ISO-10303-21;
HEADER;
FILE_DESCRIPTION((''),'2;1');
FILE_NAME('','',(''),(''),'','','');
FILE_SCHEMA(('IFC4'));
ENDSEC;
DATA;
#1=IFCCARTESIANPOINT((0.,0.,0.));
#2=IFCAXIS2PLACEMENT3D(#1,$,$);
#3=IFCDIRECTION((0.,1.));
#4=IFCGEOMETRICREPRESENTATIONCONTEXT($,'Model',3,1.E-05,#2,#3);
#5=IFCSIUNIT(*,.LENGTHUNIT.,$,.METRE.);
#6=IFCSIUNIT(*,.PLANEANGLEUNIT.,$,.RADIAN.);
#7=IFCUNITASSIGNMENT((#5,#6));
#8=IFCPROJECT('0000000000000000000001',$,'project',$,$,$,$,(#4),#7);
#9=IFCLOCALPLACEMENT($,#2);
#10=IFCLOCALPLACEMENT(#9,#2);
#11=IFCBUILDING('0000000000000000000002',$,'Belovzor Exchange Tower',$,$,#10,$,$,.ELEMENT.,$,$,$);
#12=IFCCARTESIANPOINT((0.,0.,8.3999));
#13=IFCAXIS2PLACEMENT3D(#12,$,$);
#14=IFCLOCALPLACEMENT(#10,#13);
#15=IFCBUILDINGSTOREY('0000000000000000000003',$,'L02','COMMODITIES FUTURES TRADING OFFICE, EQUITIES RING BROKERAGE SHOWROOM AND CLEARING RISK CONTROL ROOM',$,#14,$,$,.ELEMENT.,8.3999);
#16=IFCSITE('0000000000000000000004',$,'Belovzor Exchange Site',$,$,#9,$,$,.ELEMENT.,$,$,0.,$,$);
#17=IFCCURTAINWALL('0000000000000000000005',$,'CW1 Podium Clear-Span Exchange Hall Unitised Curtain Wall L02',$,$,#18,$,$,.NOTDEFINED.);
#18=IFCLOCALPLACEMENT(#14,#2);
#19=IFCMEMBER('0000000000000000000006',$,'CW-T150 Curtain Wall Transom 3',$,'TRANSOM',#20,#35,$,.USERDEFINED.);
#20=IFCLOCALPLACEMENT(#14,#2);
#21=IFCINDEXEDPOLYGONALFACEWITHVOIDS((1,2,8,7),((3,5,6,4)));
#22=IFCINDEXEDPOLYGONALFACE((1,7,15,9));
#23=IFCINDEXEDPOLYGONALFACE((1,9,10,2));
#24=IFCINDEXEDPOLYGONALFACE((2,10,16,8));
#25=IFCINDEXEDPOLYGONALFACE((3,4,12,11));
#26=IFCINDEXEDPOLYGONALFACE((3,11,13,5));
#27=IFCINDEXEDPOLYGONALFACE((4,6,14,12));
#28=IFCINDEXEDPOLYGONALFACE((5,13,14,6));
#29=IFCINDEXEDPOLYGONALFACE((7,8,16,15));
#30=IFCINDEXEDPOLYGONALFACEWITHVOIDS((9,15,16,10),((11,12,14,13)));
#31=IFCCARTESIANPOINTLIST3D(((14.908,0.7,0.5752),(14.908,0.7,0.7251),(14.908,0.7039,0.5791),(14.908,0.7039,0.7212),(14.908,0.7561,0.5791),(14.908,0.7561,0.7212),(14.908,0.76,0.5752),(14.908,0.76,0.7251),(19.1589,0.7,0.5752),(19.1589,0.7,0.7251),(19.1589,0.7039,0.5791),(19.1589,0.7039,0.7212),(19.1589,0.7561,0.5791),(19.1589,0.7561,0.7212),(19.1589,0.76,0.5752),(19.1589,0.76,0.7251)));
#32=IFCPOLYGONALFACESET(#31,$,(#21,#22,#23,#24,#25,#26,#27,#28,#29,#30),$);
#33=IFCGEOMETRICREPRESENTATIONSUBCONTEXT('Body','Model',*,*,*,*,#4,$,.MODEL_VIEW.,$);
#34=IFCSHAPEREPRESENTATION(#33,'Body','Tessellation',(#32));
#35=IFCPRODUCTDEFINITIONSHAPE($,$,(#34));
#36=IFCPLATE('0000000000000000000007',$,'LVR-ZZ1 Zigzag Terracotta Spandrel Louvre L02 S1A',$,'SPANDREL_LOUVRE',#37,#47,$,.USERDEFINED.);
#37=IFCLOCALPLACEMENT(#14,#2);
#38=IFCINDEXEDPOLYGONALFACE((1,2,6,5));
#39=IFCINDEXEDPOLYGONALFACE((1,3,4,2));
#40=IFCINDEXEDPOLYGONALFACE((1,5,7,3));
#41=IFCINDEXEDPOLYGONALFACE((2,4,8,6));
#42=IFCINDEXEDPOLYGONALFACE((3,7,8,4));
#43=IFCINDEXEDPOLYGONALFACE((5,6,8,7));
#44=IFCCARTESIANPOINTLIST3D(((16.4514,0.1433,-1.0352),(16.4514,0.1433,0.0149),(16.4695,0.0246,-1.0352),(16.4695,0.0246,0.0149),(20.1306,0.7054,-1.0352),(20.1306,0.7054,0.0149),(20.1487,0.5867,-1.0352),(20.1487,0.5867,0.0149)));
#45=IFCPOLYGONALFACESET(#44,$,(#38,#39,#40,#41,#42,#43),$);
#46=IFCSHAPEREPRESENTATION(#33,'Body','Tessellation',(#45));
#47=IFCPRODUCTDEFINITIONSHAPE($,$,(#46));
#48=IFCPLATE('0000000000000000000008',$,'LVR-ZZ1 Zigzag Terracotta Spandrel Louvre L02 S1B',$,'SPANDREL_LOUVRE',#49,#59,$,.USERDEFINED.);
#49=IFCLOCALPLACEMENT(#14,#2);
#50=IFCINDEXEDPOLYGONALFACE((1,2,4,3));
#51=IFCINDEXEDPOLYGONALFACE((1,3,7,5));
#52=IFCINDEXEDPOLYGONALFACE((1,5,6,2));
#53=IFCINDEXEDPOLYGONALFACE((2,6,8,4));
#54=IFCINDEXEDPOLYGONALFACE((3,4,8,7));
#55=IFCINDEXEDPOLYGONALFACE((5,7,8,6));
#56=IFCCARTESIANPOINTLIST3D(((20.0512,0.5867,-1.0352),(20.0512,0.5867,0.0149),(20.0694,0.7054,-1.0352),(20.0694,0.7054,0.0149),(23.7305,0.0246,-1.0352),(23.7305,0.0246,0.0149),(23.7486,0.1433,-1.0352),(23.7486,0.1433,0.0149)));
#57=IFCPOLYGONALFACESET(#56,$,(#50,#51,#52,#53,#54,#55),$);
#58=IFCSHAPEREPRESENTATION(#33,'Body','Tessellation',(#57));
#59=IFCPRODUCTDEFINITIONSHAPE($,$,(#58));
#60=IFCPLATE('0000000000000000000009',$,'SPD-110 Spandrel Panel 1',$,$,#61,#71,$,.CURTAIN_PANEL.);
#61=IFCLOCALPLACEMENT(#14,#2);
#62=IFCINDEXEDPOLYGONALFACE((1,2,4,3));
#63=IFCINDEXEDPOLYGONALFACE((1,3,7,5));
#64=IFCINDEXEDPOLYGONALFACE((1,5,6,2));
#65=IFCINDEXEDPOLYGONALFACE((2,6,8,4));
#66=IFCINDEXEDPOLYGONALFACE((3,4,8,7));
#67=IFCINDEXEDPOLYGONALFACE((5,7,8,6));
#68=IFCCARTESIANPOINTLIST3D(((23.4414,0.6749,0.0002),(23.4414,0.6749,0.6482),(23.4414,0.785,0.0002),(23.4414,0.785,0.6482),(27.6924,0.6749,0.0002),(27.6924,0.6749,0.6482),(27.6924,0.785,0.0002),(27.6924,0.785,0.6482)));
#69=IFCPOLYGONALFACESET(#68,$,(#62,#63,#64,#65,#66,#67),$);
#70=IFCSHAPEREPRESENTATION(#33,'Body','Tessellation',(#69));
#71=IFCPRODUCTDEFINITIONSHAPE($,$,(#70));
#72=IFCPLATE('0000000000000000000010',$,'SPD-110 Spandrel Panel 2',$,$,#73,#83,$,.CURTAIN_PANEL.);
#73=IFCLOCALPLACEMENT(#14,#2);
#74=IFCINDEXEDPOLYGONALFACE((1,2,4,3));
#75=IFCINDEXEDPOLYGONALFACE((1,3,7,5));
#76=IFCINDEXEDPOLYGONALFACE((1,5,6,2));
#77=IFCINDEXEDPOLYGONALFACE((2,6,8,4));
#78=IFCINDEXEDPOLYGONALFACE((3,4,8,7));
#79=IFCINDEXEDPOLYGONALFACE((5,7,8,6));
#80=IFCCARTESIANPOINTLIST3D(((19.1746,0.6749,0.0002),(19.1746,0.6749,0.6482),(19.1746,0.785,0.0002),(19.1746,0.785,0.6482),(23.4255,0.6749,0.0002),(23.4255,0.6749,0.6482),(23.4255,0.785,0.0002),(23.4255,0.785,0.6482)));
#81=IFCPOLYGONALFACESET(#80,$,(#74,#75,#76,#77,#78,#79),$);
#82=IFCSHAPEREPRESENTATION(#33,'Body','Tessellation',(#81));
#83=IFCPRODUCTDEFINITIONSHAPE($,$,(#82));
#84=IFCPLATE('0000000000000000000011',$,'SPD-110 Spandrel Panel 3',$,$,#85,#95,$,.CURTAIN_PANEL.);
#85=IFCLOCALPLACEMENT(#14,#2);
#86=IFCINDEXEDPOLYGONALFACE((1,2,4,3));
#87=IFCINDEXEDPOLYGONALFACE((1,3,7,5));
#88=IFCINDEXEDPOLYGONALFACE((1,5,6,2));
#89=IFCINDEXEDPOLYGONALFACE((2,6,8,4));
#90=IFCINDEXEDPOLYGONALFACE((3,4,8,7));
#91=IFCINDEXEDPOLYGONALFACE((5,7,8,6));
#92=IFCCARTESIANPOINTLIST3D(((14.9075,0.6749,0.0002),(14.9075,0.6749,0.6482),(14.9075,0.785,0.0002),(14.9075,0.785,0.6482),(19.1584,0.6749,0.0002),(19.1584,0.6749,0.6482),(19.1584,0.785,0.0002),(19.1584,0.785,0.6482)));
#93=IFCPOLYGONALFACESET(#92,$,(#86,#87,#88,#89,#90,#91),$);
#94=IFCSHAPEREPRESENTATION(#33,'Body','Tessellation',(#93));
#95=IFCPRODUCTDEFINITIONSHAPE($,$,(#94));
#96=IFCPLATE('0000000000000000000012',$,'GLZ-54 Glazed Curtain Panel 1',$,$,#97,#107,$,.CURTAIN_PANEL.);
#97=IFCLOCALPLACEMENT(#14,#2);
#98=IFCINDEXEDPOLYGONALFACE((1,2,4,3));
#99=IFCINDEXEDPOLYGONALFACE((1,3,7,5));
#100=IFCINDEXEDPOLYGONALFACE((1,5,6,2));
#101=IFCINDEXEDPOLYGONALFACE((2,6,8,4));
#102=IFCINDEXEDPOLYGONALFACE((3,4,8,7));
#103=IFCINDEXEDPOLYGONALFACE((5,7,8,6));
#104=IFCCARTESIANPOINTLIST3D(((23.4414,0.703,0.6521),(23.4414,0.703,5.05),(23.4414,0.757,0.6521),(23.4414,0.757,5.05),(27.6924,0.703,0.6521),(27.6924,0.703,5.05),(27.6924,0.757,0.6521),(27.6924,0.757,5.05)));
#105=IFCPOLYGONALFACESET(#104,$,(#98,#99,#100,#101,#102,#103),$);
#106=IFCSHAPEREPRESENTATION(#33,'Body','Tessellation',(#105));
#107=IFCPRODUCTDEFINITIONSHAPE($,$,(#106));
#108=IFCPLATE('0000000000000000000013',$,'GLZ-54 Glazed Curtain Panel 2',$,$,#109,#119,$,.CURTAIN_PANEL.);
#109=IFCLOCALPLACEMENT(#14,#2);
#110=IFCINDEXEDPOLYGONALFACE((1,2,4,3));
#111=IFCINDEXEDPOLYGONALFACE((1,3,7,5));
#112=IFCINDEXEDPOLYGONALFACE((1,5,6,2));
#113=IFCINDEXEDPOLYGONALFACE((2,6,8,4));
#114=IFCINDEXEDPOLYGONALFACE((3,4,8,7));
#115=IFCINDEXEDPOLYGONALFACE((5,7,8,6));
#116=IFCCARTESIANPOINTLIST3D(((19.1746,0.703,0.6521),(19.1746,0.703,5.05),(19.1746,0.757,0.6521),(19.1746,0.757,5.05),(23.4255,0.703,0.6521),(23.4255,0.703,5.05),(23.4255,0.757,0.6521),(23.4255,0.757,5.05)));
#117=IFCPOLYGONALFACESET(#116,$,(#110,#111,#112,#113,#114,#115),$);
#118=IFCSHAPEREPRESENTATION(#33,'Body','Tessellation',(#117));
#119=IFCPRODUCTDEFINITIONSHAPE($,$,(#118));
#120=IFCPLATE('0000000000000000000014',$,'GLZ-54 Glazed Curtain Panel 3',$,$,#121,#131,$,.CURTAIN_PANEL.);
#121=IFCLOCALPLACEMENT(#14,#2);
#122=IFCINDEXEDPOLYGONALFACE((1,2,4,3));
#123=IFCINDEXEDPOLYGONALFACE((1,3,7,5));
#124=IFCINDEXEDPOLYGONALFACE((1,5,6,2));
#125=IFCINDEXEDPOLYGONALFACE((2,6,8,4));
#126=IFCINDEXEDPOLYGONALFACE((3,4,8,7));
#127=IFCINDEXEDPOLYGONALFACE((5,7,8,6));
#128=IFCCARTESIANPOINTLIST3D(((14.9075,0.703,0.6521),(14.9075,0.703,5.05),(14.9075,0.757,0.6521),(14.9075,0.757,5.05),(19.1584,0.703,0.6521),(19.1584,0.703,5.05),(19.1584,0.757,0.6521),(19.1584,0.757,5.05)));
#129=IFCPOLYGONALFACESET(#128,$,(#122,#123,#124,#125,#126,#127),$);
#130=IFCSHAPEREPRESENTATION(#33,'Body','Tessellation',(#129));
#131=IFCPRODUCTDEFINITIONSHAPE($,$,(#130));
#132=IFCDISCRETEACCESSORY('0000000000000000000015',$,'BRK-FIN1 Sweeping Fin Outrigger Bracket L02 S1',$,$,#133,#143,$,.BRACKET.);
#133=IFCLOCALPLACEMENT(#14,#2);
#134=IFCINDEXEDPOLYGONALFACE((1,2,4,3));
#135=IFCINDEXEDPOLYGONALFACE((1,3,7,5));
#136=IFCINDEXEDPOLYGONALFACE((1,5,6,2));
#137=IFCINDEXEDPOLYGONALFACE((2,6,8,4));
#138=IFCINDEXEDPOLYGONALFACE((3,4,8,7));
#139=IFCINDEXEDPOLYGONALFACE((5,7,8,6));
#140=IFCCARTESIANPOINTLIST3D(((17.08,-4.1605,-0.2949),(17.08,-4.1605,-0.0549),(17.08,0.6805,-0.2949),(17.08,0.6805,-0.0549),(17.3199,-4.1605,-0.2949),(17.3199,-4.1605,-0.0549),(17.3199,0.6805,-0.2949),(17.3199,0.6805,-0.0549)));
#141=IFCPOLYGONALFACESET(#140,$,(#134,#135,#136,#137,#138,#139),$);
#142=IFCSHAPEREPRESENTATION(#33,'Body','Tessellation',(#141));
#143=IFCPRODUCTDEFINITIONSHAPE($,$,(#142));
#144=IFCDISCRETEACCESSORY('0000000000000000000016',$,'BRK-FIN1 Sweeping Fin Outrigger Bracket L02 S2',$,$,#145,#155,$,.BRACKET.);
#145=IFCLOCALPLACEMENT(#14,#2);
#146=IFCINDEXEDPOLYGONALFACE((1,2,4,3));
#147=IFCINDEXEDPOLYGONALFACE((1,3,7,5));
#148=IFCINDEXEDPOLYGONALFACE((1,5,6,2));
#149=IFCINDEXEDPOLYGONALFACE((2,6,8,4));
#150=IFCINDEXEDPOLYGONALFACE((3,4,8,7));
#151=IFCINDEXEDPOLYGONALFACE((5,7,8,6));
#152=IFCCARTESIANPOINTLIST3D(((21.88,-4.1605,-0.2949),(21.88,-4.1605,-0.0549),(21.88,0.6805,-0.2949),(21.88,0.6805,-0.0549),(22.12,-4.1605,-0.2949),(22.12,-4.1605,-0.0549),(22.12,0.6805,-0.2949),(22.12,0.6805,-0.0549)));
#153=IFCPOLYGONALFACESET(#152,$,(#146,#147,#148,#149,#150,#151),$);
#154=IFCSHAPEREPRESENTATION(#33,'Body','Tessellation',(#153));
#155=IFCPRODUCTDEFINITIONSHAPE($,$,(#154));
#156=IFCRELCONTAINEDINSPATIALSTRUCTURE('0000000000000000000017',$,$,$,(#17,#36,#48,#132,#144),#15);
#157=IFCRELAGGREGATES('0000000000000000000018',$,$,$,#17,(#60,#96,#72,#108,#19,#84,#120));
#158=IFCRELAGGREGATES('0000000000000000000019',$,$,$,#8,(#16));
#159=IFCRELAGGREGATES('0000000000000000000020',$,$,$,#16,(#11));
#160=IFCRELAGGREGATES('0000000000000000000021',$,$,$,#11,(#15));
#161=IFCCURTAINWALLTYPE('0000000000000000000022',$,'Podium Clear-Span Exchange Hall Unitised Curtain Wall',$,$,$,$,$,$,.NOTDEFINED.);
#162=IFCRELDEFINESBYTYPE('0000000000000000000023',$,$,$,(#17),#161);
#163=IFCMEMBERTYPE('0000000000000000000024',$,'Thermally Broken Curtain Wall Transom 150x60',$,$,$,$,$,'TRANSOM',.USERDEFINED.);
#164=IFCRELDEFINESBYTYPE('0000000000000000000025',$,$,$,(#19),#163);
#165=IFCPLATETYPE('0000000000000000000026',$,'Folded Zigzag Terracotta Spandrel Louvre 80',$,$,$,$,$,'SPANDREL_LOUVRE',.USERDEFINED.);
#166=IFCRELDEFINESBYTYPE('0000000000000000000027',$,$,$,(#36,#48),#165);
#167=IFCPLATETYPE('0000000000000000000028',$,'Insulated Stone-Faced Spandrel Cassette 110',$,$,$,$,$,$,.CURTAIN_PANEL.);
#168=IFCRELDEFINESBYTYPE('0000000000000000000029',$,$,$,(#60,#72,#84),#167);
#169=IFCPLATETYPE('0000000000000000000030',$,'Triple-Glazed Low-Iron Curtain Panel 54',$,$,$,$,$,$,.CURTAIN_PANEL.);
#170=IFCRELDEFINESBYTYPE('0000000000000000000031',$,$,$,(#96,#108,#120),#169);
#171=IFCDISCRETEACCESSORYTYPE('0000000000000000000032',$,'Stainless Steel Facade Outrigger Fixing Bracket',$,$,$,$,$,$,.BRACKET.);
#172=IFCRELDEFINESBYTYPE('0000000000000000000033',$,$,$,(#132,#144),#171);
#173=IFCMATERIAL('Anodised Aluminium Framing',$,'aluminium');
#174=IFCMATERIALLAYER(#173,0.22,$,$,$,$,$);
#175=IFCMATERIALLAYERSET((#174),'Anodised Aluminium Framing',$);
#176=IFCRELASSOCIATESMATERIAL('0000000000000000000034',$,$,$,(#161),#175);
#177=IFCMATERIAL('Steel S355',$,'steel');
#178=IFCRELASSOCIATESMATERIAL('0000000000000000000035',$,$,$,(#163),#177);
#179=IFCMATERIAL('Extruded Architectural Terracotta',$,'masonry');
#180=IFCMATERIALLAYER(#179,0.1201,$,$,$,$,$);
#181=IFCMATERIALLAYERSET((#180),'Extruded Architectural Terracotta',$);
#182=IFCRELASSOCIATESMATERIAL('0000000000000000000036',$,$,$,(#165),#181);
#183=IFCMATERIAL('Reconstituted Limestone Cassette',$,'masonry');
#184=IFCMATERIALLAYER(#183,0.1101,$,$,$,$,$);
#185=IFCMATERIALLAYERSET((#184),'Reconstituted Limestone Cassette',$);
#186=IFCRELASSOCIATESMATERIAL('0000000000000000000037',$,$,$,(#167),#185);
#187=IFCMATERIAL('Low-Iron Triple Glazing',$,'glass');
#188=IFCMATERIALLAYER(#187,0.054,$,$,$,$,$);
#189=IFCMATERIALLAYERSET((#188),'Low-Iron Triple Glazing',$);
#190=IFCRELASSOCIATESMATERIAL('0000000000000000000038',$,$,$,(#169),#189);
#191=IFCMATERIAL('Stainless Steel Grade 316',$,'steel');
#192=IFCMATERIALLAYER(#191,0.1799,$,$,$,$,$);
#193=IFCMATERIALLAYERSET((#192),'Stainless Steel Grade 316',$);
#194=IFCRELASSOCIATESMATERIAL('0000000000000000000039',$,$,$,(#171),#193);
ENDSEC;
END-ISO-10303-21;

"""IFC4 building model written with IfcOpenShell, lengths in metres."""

from ifc_helpers import new_model, si_unit, direction, frame, origin, origin_2d, place, context, subcontext, project, spatial, rectangle, hollow_rectangle, extrude, material, layer, layer_set, material_profile, profile_set, type_object, element, aggregate, save


model = new_model("IFC4")

# Units and contexts
model_context = context("Model", 3, precision=1e-05, world=origin(), true_north=direction((0.0, 1.0)))
body_context = subcontext(model_context, "Body", "Model", "MODEL_VIEW")
ifc_project = project(units=[si_unit("LENGTHUNIT", "METRE"), si_unit("PLANEANGLEUNIT", "RADIAN")], contexts=[model_context])

# Site, building, storey
site_placement = place(None, origin())
site = spatial("IfcSite", under=ifc_project, at=site_placement, Name="Belovzor Exchange Site", CompositionType="ELEMENT", RefElevation=0.0)
building_placement = place(site_placement, origin())
building = spatial("IfcBuilding", under=site, at=building_placement, Name="Belovzor Exchange Tower", CompositionType="ELEMENT")
storey_placement = place(building_placement, frame((0.0, 0.0, 8.3999)))
storey = spatial("IfcBuildingStorey", under=building, at=storey_placement, Name="L02", Description="COMMODITIES FUTURES TRADING OFFICE, EQUITIES RING BROKERAGE SHOWROOM AND CLEARING RISK CONTROL ROOM", CompositionType="ELEMENT", Elevation=8.3999)

# Curtain wall, member
ifc_material_1 = material(Name="Anodised Aluminium Framing", Category="aluminium")
ifc_layer_1 = layer(ifc_material_1, 0.22)
ifc_layer_set_1 = layer_set([ifc_layer_1], Name="Anodised Aluminium Framing")
curtain_wall_type = type_object("IfcCurtainWallType", Name="Podium Clear-Span Exchange Hall Unitised Curtain Wall", PredefinedType="NOTDEFINED", material=ifc_layer_set_1)
curtain_wall_placement = place(storey_placement, origin())
curtain_wall = element("IfcCurtainWall", 1, at=curtain_wall_placement, inside=storey, type_object=curtain_wall_type, Name="CW1 Podium Clear-Span Exchange Hall Unitised Curtain Wall L02", PredefinedType="NOTDEFINED")
ifc_material_2 = material(Name="Steel S355", Category="steel")
ifc_material_profile_1 = material_profile(ifc_material_2, hollow_rectangle(XDim=0.0601, YDim=0.1499, WallThickness=0.0039, at=origin_2d()))
ifc_profile_set_1 = profile_set([ifc_material_profile_1], Name="Steel S355")
member_type_1 = type_object("IfcMemberType", Name="Thermally Broken Curtain Wall Transom 150x60", ElementType="TRANSOM", PredefinedType="USERDEFINED", material=ifc_profile_set_1)
member_1_placement = place(storey_placement, frame((19.1589, 0.73, 0.6501), z_axis=(-1.0, 0.0, 0.0), x_axis=(0.0, -1.0, 0.0)))
member_1 = element("IfcMember", 2, at=member_1_placement, type_object=member_type_1, Name="CW-T150 Curtain Wall Transom 3", ObjectType="TRANSOM", PredefinedType="USERDEFINED", context=body_context, shape_type="SweptSolid", body=[
    extrude(hollow_rectangle(XDim=0.0601, YDim=0.1499, WallThickness=0.0039, at=origin_2d()), origin(), (0.0, 0.0, 1.0), 4.251),
])

# Plates
ifc_material_3 = material(Name="Extruded Architectural Terracotta", Category="masonry")
ifc_layer_2 = layer(ifc_material_3, 0.1201)
ifc_layer_set_2 = layer_set([ifc_layer_2], Name="Extruded Architectural Terracotta")
plate_type_1 = type_object("IfcPlateType", Name="Folded Zigzag Terracotta Spandrel Louvre 80", ElementType="SPANDREL_LOUVRE", PredefinedType="USERDEFINED", material=ifc_layer_set_2)
for number, where, z_axis, x_axis, name in (
    (3, (18.3, 0.365, -1.0352), (0.0, 0.0, 1.0), (0.988531, 0.151019, 0.0), "LVR-ZZ1 Zigzag Terracotta Spandrel Louvre L02 S1A"),
    (4, (21.8999, 0.365, -1.0352), (0.0, 0.0, 1.0), (0.988531, -0.151019, 0.0), "LVR-ZZ1 Zigzag Terracotta Spandrel Louvre L02 S1B"),
):
    element("IfcPlate", number, at=place(storey_placement, frame(where, z_axis=z_axis, x_axis=x_axis)), inside=storey, type_object=plate_type_1, Name=name, ObjectType="SPANDREL_LOUVRE", PredefinedType="USERDEFINED", context=body_context, shape_type="SweptSolid", body=[
        extrude(rectangle(XDim=3.7219, YDim=0.1201, at=origin_2d()), origin(), (0.0, 0.0, 1.0), 1.05),
    ])

# Plates
ifc_material_4 = material(Name="Reconstituted Limestone Cassette", Category="masonry")
ifc_layer_3 = layer(ifc_material_4, 0.1101)
ifc_layer_set_3 = layer_set([ifc_layer_3], Name="Reconstituted Limestone Cassette")
plate_type_2 = type_object("IfcPlateType", Name="Insulated Stone-Faced Spandrel Cassette 110", PredefinedType="CURTAIN_PANEL", material=ifc_layer_set_3)
plate_1_placement = place(storey_placement, frame((25.5669, 0.73, 0.0002), z_axis=(0.0, 0.0, 1.0), x_axis=(-1.0, 0.0, 0.0)))
plate_1 = element("IfcPlate", 5, at=plate_1_placement, type_object=plate_type_2, Name="SPD-110 Spandrel Panel 1", PredefinedType="CURTAIN_PANEL", context=body_context, shape_type="SweptSolid", body=[
    extrude(rectangle(XDim=4.251, YDim=0.1101, at=origin_2d()), origin(), (0.0, 0.0, 1.0), 0.6479),
])
plate_2_placement = place(storey_placement, frame((21.3, 0.73, 0.0002), z_axis=(0.0, 0.0, 1.0), x_axis=(-1.0, 0.0, 0.0)))
plate_2 = element("IfcPlate", 6, at=plate_2_placement, type_object=plate_type_2, Name="SPD-110 Spandrel Panel 2", PredefinedType="CURTAIN_PANEL", context=body_context, shape_type="SweptSolid", body=[
    extrude(rectangle(XDim=4.251, YDim=0.1101, at=origin_2d()), origin(), (0.0, 0.0, 1.0), 0.6479),
])
plate_3_placement = place(storey_placement, frame((17.033, 0.73, 0.0002), z_axis=(0.0, 0.0, 1.0), x_axis=(-1.0, 0.0, 0.0)))
plate_3 = element("IfcPlate", 7, at=plate_3_placement, type_object=plate_type_2, Name="SPD-110 Spandrel Panel 3", PredefinedType="CURTAIN_PANEL", context=body_context, shape_type="SweptSolid", body=[
    extrude(rectangle(XDim=4.251, YDim=0.1101, at=origin_2d()), origin(), (0.0, 0.0, 1.0), 0.6479),
])
ifc_material_5 = material(Name="Low-Iron Triple Glazing", Category="glass")
ifc_layer_4 = layer(ifc_material_5, 0.054)
ifc_layer_set_4 = layer_set([ifc_layer_4], Name="Low-Iron Triple Glazing")
plate_type_3 = type_object("IfcPlateType", Name="Triple-Glazed Low-Iron Curtain Panel 54", PredefinedType="CURTAIN_PANEL", material=ifc_layer_set_4)
plate_4_placement = place(storey_placement, frame((25.5669, 0.73, 0.6521), z_axis=(0.0, 0.0, 1.0), x_axis=(-1.0, 0.0, 0.0)))
plate_4 = element("IfcPlate", 8, at=plate_4_placement, type_object=plate_type_3, Name="GLZ-54 Glazed Curtain Panel 1", PredefinedType="CURTAIN_PANEL", context=body_context, shape_type="SweptSolid", body=[
    extrude(rectangle(XDim=4.251, YDim=0.054, at=origin_2d()), origin(), (0.0, 0.0, 1.0), 4.3979),
])
plate_5_placement = place(storey_placement, frame((21.3, 0.73, 0.6521), z_axis=(0.0, 0.0, 1.0), x_axis=(-1.0, 0.0, 0.0)))
plate_5 = element("IfcPlate", 9, at=plate_5_placement, type_object=plate_type_3, Name="GLZ-54 Glazed Curtain Panel 2", PredefinedType="CURTAIN_PANEL", context=body_context, shape_type="SweptSolid", body=[
    extrude(rectangle(XDim=4.251, YDim=0.054, at=origin_2d()), origin(), (0.0, 0.0, 1.0), 4.3979),
])
plate_6_placement = place(storey_placement, frame((17.033, 0.73, 0.6521), z_axis=(0.0, 0.0, 1.0), x_axis=(-1.0, 0.0, 0.0)))
plate_6 = element("IfcPlate", 10, at=plate_6_placement, type_object=plate_type_3, Name="GLZ-54 Glazed Curtain Panel 3", PredefinedType="CURTAIN_PANEL", context=body_context, shape_type="SweptSolid", body=[
    extrude(rectangle(XDim=4.251, YDim=0.054, at=origin_2d()), origin(), (0.0, 0.0, 1.0), 4.3979),
])
aggregate(curtain_wall, [plate_1, plate_4, plate_2, plate_5, member_1, plate_3, plate_6])

# Discrete accessories
ifc_material_6 = material(Name="Stainless Steel Grade 316", Category="steel")
ifc_layer_5 = layer(ifc_material_6, 0.1799)
ifc_layer_set_5 = layer_set([ifc_layer_5], Name="Stainless Steel Grade 316")
discrete_accessory_type = type_object("IfcDiscreteAccessoryType", Name="Stainless Steel Facade Outrigger Fixing Bracket", PredefinedType="BRACKET", material=ifc_layer_set_5)
for number, where, z_axis, x_axis, name in (
    (11, (17.2, -1.74, -0.2949), (0.0, 0.0, 1.0), (0.0, 1.0, 0.0), "BRK-FIN1 Sweeping Fin Outrigger Bracket L02 S1"),
    (12, (22.0, -1.74, -0.2949), (0.0, 0.0, 1.0), (0.0, 1.0, 0.0), "BRK-FIN1 Sweeping Fin Outrigger Bracket L02 S2"),
):
    element("IfcDiscreteAccessory", number, at=place(storey_placement, frame(where, z_axis=z_axis, x_axis=x_axis)), inside=storey, type_object=discrete_accessory_type, Name=name, PredefinedType="BRACKET", context=body_context, shape_type="SweptSolid", body=[
        extrude(rectangle(XDim=4.8411, YDim=0.24, at=origin_2d()), origin(), (0.0, 0.0, 1.0), 0.24),
    ])

save(model, "model.ifc")
